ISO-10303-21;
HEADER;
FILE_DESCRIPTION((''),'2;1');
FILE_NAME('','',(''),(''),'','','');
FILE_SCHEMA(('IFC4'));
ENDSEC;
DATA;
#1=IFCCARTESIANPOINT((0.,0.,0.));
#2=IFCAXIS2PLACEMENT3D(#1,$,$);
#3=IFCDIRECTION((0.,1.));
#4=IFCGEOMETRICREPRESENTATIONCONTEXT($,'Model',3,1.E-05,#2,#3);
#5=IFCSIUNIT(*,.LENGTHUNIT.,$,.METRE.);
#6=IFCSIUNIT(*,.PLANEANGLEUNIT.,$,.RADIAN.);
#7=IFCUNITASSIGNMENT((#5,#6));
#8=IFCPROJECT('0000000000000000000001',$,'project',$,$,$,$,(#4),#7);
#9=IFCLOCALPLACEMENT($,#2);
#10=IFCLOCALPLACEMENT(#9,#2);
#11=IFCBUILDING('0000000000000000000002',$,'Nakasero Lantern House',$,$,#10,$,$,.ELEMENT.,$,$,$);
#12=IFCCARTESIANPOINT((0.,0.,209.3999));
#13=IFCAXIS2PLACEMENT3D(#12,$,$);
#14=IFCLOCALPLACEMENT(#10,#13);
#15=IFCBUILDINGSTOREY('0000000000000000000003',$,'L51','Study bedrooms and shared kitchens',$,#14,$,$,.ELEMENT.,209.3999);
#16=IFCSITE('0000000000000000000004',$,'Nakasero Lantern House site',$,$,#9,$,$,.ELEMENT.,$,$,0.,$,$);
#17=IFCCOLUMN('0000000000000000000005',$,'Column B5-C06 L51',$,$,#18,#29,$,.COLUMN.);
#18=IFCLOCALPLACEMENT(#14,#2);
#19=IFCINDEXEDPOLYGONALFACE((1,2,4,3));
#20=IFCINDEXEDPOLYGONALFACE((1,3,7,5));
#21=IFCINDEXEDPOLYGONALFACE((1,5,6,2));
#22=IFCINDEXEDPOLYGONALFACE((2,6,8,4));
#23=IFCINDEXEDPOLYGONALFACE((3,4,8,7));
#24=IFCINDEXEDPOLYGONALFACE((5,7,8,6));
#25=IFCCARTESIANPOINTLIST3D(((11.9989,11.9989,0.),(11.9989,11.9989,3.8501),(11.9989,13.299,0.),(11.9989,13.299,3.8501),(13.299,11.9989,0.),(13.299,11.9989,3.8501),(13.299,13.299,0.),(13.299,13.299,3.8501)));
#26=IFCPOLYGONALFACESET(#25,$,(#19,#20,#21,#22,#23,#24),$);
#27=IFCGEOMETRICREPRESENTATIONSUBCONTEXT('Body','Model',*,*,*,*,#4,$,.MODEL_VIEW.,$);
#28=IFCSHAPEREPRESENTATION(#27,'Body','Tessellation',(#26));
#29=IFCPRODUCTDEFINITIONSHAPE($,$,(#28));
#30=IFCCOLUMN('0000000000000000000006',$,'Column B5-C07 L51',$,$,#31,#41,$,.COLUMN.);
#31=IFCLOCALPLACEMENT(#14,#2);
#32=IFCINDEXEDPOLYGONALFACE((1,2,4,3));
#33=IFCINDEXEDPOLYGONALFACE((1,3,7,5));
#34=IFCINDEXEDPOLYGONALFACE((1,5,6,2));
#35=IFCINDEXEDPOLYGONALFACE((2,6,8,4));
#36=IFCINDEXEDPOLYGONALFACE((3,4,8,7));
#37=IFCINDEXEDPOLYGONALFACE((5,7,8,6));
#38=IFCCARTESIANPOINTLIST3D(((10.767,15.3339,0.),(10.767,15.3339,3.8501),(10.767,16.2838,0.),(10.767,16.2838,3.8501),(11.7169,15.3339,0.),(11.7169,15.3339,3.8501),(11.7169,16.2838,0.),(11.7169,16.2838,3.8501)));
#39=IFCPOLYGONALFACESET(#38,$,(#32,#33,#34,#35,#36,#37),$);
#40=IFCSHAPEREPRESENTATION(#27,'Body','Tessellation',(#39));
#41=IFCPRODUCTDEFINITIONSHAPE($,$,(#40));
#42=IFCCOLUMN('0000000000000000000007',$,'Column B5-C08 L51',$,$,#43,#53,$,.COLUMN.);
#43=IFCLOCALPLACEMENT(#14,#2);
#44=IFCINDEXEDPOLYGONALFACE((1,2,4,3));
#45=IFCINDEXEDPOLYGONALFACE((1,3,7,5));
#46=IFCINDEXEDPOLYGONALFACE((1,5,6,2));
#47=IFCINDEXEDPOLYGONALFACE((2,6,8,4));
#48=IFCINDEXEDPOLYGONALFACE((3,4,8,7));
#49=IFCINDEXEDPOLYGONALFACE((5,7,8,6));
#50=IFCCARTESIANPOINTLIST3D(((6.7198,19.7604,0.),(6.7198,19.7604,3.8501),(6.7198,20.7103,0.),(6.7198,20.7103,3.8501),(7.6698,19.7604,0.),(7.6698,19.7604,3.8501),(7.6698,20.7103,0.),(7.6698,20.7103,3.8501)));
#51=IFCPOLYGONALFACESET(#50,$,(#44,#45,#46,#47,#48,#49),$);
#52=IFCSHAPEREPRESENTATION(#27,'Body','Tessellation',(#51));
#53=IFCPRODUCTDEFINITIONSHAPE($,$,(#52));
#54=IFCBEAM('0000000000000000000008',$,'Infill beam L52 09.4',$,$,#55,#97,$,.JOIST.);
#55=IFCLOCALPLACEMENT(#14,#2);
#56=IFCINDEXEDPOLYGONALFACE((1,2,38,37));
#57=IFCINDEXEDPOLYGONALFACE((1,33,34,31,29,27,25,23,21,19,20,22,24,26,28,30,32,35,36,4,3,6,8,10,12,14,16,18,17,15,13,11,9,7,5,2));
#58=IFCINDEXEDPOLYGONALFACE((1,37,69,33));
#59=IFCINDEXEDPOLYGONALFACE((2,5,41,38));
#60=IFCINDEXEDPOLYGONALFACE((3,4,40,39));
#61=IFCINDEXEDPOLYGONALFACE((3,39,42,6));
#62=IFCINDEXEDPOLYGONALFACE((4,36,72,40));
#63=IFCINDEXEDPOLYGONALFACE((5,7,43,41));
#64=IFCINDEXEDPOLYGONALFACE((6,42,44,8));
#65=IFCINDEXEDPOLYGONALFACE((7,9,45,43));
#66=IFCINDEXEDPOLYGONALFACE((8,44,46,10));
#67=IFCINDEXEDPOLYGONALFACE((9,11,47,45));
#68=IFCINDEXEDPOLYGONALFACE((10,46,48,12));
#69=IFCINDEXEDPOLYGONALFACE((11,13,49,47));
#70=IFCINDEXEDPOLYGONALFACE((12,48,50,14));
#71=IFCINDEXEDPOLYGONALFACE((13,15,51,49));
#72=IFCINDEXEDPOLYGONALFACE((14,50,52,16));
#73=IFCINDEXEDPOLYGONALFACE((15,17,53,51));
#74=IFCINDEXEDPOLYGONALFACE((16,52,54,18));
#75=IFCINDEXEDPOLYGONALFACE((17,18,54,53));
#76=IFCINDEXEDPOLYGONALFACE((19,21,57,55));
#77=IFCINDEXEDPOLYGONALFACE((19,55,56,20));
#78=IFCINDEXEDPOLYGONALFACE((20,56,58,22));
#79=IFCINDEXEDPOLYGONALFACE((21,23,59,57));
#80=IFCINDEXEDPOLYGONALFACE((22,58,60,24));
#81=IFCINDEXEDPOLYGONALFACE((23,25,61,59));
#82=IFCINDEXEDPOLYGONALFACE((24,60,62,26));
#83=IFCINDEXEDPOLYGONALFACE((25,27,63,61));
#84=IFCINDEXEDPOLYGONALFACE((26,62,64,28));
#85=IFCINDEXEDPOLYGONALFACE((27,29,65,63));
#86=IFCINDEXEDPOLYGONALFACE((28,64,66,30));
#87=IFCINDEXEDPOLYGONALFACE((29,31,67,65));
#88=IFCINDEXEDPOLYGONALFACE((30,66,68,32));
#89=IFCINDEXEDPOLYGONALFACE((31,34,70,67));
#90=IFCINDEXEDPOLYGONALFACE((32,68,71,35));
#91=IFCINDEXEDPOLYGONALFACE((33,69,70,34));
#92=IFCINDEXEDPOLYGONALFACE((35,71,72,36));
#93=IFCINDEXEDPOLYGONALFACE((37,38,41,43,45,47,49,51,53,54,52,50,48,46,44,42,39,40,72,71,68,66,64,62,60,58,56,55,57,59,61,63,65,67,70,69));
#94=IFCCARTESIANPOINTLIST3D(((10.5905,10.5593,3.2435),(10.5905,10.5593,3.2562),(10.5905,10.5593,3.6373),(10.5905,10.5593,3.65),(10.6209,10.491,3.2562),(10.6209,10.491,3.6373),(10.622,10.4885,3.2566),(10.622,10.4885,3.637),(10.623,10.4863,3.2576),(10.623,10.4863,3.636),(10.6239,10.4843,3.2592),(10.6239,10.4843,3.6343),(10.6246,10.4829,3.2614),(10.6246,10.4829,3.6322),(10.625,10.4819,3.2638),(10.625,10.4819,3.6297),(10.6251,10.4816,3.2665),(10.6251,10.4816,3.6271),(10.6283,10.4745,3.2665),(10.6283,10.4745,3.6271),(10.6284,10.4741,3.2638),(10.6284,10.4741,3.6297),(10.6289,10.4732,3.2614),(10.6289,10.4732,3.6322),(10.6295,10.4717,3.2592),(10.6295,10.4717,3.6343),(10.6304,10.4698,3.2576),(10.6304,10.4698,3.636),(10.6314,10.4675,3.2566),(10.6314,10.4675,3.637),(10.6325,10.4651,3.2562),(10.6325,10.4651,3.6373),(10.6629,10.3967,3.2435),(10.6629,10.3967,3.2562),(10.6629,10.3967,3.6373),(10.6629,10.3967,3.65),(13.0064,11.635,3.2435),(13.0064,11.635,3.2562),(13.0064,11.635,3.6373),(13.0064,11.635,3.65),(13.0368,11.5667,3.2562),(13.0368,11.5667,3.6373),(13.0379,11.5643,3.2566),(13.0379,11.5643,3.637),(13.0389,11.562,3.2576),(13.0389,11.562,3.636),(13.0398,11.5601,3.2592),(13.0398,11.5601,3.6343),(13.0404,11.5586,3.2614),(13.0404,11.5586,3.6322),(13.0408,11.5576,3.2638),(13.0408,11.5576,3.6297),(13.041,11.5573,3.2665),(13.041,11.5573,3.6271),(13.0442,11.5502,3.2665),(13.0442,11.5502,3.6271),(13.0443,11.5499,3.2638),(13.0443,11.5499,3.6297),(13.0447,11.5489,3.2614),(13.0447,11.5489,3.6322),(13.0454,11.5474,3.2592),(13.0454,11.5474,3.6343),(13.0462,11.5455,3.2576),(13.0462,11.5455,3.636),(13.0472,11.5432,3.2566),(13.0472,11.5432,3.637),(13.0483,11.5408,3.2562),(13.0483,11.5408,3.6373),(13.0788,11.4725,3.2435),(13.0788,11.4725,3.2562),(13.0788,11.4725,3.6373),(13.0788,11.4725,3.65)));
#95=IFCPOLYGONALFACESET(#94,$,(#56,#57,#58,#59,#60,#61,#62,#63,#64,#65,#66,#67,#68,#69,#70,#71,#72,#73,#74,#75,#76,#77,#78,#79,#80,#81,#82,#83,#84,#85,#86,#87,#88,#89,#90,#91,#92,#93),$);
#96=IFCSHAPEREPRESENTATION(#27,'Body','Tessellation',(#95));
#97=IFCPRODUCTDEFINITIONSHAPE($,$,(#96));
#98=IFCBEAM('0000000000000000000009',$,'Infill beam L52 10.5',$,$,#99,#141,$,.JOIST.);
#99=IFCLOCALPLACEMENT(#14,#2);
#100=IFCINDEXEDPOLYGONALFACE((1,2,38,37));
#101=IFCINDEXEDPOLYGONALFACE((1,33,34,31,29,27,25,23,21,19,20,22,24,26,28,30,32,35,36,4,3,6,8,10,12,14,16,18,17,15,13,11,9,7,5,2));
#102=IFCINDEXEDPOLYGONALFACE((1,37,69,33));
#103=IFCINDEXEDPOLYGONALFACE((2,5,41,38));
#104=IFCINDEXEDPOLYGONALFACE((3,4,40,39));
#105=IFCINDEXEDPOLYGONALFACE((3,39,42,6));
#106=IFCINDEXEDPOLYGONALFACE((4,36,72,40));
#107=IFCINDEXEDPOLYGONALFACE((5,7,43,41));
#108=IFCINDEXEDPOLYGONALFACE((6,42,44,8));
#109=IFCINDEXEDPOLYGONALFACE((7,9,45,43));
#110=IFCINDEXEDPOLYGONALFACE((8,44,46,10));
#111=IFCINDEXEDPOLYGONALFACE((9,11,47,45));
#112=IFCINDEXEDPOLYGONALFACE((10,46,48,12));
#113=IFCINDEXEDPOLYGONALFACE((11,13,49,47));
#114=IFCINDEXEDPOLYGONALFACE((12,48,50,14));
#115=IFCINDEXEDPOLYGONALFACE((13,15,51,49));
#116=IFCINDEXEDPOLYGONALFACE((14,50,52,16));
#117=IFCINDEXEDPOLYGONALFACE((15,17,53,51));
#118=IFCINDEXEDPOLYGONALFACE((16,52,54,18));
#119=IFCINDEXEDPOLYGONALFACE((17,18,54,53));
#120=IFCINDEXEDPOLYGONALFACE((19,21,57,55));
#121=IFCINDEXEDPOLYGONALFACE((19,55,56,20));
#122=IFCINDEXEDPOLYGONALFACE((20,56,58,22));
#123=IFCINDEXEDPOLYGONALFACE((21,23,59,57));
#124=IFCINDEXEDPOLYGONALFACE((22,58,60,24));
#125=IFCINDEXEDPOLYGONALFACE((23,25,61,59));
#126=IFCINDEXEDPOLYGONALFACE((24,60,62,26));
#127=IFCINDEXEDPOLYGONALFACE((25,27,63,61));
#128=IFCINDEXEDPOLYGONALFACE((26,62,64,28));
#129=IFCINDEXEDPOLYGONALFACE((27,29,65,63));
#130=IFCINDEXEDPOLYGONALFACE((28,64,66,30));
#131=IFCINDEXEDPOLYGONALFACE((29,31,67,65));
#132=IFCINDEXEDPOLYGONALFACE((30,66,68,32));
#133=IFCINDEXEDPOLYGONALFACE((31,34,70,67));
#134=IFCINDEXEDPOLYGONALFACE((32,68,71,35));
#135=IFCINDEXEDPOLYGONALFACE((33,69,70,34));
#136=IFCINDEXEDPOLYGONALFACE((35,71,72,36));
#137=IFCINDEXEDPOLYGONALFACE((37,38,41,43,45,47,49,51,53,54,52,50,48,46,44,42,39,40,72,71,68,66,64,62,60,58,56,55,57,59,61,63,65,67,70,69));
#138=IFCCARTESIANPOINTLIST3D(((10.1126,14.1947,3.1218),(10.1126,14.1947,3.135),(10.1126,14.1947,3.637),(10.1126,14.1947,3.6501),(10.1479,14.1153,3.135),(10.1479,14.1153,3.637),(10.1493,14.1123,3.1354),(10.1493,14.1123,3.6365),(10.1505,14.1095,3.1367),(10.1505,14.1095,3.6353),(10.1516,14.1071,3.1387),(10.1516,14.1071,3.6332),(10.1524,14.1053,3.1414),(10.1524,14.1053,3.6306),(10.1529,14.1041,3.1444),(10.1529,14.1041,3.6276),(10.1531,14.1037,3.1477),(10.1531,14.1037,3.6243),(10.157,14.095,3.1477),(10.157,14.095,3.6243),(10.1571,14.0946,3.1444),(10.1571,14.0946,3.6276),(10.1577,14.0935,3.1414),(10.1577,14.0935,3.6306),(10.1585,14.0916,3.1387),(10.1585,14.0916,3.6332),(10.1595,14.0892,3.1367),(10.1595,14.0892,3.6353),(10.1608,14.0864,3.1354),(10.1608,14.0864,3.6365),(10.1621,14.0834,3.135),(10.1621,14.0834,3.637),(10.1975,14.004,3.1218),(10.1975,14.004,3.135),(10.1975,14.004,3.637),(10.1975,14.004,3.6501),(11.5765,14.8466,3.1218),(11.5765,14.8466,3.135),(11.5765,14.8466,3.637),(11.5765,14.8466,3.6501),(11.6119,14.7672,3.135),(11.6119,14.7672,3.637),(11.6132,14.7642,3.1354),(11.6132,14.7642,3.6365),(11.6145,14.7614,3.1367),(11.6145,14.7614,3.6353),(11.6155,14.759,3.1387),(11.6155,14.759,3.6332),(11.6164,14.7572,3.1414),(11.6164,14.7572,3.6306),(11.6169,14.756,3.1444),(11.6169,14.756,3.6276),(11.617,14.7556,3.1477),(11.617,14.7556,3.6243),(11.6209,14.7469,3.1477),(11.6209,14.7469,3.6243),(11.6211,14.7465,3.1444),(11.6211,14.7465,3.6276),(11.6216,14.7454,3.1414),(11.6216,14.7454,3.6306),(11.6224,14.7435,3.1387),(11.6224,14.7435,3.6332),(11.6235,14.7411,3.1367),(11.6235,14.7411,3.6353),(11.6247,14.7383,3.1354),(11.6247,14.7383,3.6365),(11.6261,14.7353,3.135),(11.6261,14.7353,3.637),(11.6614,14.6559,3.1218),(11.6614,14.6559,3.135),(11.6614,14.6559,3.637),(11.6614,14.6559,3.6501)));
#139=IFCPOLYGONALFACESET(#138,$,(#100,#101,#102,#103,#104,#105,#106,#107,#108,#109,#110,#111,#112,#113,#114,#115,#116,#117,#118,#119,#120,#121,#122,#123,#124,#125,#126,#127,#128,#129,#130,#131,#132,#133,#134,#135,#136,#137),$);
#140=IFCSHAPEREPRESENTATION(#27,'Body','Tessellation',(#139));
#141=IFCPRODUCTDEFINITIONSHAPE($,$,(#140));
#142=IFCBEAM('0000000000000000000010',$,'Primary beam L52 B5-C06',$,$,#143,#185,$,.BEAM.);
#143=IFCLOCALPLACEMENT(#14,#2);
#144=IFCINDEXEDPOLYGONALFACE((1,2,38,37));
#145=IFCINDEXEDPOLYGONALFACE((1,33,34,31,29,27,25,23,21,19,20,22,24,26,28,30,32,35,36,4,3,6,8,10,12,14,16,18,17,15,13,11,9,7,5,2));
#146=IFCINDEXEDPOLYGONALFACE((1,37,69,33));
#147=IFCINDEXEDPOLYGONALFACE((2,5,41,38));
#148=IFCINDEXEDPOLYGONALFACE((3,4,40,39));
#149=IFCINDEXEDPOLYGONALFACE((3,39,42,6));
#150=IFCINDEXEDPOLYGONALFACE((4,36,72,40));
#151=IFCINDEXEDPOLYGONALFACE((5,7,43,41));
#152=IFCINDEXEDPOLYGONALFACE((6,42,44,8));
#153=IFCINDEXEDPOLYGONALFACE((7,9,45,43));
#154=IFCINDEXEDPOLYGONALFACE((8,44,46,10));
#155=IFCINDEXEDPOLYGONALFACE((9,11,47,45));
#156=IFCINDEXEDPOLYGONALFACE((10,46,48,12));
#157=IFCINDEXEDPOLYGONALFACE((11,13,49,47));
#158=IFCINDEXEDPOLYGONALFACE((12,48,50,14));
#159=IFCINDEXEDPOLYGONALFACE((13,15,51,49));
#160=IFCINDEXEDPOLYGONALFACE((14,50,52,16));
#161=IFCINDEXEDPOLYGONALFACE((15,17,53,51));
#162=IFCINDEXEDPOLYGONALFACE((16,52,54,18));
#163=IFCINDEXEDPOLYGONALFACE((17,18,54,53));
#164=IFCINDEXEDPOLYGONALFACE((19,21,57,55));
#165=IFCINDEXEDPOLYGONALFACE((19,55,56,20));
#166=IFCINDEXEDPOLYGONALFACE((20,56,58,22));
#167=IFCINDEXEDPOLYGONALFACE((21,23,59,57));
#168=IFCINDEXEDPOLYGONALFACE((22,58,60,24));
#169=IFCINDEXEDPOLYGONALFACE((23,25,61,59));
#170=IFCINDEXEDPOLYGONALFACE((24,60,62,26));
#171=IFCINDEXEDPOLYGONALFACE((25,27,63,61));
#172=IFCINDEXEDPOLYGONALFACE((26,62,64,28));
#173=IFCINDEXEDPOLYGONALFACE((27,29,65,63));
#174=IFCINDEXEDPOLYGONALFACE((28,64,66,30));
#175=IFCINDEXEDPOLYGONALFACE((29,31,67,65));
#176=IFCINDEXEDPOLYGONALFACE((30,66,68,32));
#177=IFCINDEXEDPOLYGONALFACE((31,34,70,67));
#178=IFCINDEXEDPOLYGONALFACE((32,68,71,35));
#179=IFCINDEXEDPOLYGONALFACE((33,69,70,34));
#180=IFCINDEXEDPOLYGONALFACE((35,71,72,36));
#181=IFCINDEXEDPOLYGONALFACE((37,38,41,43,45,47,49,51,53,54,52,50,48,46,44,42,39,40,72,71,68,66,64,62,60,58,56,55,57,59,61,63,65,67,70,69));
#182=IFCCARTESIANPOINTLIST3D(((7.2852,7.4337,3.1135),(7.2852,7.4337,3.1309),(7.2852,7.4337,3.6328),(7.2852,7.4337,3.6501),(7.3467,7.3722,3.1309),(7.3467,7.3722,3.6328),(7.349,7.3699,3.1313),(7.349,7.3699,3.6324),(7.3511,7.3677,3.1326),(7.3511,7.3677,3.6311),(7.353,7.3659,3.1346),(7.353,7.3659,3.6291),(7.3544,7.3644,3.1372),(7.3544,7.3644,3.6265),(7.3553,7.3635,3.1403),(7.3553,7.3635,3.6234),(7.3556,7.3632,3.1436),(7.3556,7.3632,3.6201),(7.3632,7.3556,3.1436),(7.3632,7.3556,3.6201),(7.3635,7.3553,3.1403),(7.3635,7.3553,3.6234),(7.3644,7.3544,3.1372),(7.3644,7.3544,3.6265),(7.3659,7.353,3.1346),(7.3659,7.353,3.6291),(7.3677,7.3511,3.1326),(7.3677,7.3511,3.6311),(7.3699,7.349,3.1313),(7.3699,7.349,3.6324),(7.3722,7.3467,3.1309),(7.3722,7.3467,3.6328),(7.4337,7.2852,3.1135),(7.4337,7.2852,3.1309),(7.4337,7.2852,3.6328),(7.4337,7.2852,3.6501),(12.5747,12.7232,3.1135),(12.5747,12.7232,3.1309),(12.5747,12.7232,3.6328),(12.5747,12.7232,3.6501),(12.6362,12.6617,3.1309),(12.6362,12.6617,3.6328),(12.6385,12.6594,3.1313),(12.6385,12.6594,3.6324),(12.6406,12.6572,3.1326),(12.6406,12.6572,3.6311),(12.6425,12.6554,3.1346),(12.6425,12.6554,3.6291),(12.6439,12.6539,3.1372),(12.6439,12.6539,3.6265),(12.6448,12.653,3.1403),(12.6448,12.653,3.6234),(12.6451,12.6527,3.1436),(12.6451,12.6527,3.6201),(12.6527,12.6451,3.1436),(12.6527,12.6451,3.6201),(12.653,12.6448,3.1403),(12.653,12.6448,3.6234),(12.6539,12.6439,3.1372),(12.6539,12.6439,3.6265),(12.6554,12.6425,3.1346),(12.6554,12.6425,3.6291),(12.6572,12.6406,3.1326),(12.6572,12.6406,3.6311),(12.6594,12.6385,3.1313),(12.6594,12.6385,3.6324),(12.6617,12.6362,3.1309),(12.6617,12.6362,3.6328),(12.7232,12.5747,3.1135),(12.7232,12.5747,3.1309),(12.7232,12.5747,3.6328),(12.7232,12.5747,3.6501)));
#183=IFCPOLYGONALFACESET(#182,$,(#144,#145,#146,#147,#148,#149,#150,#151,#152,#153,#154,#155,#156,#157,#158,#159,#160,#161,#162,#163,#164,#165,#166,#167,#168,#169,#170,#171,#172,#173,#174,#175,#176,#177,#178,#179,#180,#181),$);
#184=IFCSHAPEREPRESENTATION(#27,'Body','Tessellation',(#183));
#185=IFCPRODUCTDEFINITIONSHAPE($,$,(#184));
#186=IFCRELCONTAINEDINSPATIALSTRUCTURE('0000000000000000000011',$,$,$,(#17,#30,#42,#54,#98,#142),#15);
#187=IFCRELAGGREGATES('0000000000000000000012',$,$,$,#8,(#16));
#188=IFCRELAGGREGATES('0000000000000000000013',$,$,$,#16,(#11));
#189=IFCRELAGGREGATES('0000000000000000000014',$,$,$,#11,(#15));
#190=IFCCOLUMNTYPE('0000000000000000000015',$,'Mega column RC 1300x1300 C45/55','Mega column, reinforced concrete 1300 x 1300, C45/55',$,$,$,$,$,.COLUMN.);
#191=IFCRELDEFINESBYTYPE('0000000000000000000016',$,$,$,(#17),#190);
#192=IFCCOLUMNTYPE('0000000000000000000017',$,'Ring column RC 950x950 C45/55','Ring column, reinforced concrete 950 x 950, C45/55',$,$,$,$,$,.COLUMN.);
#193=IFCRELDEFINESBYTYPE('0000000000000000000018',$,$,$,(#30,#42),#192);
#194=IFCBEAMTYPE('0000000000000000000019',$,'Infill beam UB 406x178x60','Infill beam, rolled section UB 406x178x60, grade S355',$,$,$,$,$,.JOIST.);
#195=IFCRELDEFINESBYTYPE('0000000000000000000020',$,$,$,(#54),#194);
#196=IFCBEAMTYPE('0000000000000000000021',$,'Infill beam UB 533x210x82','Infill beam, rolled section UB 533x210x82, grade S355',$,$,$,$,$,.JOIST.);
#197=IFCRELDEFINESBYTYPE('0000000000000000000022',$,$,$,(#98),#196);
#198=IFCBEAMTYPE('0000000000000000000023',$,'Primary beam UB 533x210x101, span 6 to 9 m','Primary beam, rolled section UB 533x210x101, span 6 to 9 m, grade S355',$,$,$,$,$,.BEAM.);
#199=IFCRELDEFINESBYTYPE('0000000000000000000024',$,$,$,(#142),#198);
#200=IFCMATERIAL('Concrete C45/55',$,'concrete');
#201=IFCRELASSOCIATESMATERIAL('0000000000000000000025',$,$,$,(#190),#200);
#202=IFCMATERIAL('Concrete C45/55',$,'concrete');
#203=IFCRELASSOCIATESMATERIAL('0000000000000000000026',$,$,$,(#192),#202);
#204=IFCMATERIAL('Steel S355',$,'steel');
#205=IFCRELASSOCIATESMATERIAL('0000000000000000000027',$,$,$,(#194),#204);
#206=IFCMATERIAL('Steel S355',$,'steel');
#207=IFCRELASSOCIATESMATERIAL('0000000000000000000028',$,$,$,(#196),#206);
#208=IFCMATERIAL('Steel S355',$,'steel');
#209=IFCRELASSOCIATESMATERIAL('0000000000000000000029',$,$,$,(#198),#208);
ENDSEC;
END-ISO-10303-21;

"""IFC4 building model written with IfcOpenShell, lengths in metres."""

from ifc_helpers import new_model, si_unit, direction, frame, origin, origin_2d, place, context, subcontext, project, spatial, rectangle, i_section, extrude, material, material_profile, profile_set, type_object, element, save


model = new_model("IFC4")

# Units and contexts
model_context = context("Model", 3, precision=1e-05, world=origin(), true_north=direction((0.0, 1.0)))
body_context = subcontext(model_context, "Body", "Model", "MODEL_VIEW")
ifc_project = project(units=[si_unit("LENGTHUNIT", "METRE"), si_unit("PLANEANGLEUNIT", "RADIAN")], contexts=[model_context])

# Site, building, storey
site_placement = place(None, origin())
site = spatial("IfcSite", under=ifc_project, at=site_placement, Name="Nakasero Lantern House site", CompositionType="ELEMENT", RefElevation=0.0)
building_placement = place(site_placement, origin())
building = spatial("IfcBuilding", under=site, at=building_placement, Name="Nakasero Lantern House", CompositionType="ELEMENT")
storey_placement = place(building_placement, frame((0.0, 0.0, 209.3999)))
storey = spatial("IfcBuildingStorey", under=building, at=storey_placement, Name="L51", Description="Study bedrooms and shared kitchens", CompositionType="ELEMENT", Elevation=209.3999)

# Columns
ifc_material_1 = material(Name="Concrete C45/55", Category="concrete")
ifc_material_profile_1 = material_profile(ifc_material_1, rectangle(XDim=1.3, YDim=1.3, at=origin_2d()), Name="RC 1300x1300")
ifc_profile_set_1 = profile_set([ifc_material_profile_1], Name="Concrete C45/55")
column_type_1 = type_object("IfcColumnType", Name="Mega column RC 1300x1300 C45/55", Description="Mega column, reinforced concrete 1300 x 1300, C45/55", PredefinedType="COLUMN", material=ifc_profile_set_1)
column_placement = place(storey_placement, frame((12.6489, 12.6489, 0.0), z_axis=(0.0, 0.0, 1.0), x_axis=(1.0, 0.0, 0.0)))
element("IfcColumn", 1, at=column_placement, inside=storey, type_object=column_type_1, Name="Column B5-C06 L51", PredefinedType="COLUMN", context=body_context, shape_type="SweptSolid", body=[
    extrude(rectangle(XDim=1.3, YDim=1.3, at=origin_2d()), origin(), (0.0, 0.0, 1.0), 3.8501),
])
ifc_material_2 = material(Name="Concrete C45/55", Category="concrete")
ifc_material_profile_2 = material_profile(ifc_material_2, rectangle(XDim=0.95, YDim=0.95, at=origin_2d()), Name="RC 950x950")
ifc_profile_set_2 = profile_set([ifc_material_profile_2], Name="Concrete C45/55")
column_type_2 = type_object("IfcColumnType", Name="Ring column RC 950x950 C45/55", Description="Ring column, reinforced concrete 950 x 950, C45/55", PredefinedType="COLUMN", material=ifc_profile_set_2)
for number, where, z_axis, x_axis, name in (
    (2, (11.2419, 15.8088, 0.0), (0.0, 0.0, 1.0), (1.0, 0.0, 0.0), "Column B5-C07 L51"),
    (3, (7.1948, 20.2354, 0.0), (0.0, 0.0, 1.0), (1.0, 0.0, 0.0), "Column B5-C08 L51"),
):
    element("IfcColumn", number, at=place(storey_placement, frame(where, z_axis=z_axis, x_axis=x_axis)), inside=storey, type_object=column_type_2, Name=name, PredefinedType="COLUMN", context=body_context, shape_type="SweptSolid", body=[
        extrude(rectangle(XDim=0.95, YDim=0.95, at=origin_2d()), origin(), (0.0, 0.0, 1.0), 3.8501),
    ])

# Beams
ifc_material_3 = material(Name="Steel S355", Category="steel")
ifc_material_profile_3 = material_profile(ifc_material_3, i_section(OverallWidth=0.178, OverallDepth=0.4065, WebThickness=0.0078, FlangeThickness=0.0127, FilletRadius=0.0103, at=origin_2d()), Name="UB 406x178x60")
ifc_profile_set_3 = profile_set([ifc_material_profile_3], Name="Steel S355")
beam_type_1 = type_object("IfcBeamType", Name="Infill beam UB 406x178x60", Description="Infill beam, rolled section UB 406x178x60, grade S355", PredefinedType="JOIST", material=ifc_profile_set_3)
beam_1_placement = place(storey_placement, frame((10.6267, 10.478, 3.4468), z_axis=(0.91353, 0.406772, 0.0), x_axis=(-0.406772, 0.91353, 0.0)))
element("IfcBeam", 4, at=beam_1_placement, inside=storey, type_object=beam_type_1, Name="Infill beam L52 09.4", PredefinedType="JOIST", context=body_context, shape_type="SweptSolid", body=[
    extrude(i_section(OverallWidth=0.178, OverallDepth=0.4065, WebThickness=0.0078, FlangeThickness=0.0127, FilletRadius=0.0103, at=origin_2d()), origin(), (0.0, 0.0, 1.0), 2.6445),
])
ifc_material_4 = material(Name="Steel S355", Category="steel")
ifc_material_profile_4 = material_profile(ifc_material_4, i_section(OverallWidth=0.2087, OverallDepth=0.5283, WebThickness=0.0095, FlangeThickness=0.0132, FilletRadius=0.0127, at=origin_2d()), Name="UB 533x210x82")
ifc_profile_set_4 = profile_set([ifc_material_profile_4], Name="Steel S355")
beam_type_2 = type_object("IfcBeamType", Name="Infill beam UB 533x210x82", Description="Infill beam, rolled section UB 533x210x82, grade S355", PredefinedType="JOIST", material=ifc_profile_set_4)
beam_2_placement = place(storey_placement, frame((10.155, 14.0994, 3.386), z_axis=(0.913522, 0.406789, 0.0), x_axis=(-0.406789, 0.913522, 0.0)))
element("IfcBeam", 5, at=beam_2_placement, inside=storey, type_object=beam_type_2, Name="Infill beam L52 10.5", PredefinedType="JOIST", context=body_context, shape_type="SweptSolid", body=[
    extrude(i_section(OverallWidth=0.2087, OverallDepth=0.5283, WebThickness=0.0095, FlangeThickness=0.0132, FilletRadius=0.0127, at=origin_2d()), origin(), (0.0, 0.0, 1.0), 1.6025),
])
ifc_material_5 = material(Name="Steel S355", Category="steel")
ifc_material_profile_5 = material_profile(ifc_material_5, i_section(OverallWidth=0.21, OverallDepth=0.5366, WebThickness=0.0107, FlangeThickness=0.0173, FilletRadius=0.0127, at=origin_2d()), Name="UB 533x210x101")
ifc_profile_set_5 = profile_set([ifc_material_profile_5], Name="Steel S355")
beam_type_3 = type_object("IfcBeamType", Name="Primary beam UB 533x210x101, span 6 to 9 m", Description="Primary beam, rolled section UB 533x210x101, span 6 to 9 m, grade S355", PredefinedType="BEAM", material=ifc_profile_set_5)
beam_3_placement = place(storey_placement, frame((12.6489, 12.6489, 3.3818), z_axis=(-0.707107, -0.707107, 0.0), x_axis=(0.707107, -0.707107, 0.0)))
element("IfcBeam", 6, at=beam_3_placement, inside=storey, type_object=beam_type_3, Name="Primary beam L52 B5-C06", PredefinedType="BEAM", context=body_context, shape_type="SweptSolid", body=[
    extrude(i_section(OverallWidth=0.21, OverallDepth=0.5366, WebThickness=0.0107, FlangeThickness=0.0173, FilletRadius=0.0127, at=origin_2d()), origin(), (0.0, 0.0, 1.0), 7.4805),
])

save(model, "model.ifc")
